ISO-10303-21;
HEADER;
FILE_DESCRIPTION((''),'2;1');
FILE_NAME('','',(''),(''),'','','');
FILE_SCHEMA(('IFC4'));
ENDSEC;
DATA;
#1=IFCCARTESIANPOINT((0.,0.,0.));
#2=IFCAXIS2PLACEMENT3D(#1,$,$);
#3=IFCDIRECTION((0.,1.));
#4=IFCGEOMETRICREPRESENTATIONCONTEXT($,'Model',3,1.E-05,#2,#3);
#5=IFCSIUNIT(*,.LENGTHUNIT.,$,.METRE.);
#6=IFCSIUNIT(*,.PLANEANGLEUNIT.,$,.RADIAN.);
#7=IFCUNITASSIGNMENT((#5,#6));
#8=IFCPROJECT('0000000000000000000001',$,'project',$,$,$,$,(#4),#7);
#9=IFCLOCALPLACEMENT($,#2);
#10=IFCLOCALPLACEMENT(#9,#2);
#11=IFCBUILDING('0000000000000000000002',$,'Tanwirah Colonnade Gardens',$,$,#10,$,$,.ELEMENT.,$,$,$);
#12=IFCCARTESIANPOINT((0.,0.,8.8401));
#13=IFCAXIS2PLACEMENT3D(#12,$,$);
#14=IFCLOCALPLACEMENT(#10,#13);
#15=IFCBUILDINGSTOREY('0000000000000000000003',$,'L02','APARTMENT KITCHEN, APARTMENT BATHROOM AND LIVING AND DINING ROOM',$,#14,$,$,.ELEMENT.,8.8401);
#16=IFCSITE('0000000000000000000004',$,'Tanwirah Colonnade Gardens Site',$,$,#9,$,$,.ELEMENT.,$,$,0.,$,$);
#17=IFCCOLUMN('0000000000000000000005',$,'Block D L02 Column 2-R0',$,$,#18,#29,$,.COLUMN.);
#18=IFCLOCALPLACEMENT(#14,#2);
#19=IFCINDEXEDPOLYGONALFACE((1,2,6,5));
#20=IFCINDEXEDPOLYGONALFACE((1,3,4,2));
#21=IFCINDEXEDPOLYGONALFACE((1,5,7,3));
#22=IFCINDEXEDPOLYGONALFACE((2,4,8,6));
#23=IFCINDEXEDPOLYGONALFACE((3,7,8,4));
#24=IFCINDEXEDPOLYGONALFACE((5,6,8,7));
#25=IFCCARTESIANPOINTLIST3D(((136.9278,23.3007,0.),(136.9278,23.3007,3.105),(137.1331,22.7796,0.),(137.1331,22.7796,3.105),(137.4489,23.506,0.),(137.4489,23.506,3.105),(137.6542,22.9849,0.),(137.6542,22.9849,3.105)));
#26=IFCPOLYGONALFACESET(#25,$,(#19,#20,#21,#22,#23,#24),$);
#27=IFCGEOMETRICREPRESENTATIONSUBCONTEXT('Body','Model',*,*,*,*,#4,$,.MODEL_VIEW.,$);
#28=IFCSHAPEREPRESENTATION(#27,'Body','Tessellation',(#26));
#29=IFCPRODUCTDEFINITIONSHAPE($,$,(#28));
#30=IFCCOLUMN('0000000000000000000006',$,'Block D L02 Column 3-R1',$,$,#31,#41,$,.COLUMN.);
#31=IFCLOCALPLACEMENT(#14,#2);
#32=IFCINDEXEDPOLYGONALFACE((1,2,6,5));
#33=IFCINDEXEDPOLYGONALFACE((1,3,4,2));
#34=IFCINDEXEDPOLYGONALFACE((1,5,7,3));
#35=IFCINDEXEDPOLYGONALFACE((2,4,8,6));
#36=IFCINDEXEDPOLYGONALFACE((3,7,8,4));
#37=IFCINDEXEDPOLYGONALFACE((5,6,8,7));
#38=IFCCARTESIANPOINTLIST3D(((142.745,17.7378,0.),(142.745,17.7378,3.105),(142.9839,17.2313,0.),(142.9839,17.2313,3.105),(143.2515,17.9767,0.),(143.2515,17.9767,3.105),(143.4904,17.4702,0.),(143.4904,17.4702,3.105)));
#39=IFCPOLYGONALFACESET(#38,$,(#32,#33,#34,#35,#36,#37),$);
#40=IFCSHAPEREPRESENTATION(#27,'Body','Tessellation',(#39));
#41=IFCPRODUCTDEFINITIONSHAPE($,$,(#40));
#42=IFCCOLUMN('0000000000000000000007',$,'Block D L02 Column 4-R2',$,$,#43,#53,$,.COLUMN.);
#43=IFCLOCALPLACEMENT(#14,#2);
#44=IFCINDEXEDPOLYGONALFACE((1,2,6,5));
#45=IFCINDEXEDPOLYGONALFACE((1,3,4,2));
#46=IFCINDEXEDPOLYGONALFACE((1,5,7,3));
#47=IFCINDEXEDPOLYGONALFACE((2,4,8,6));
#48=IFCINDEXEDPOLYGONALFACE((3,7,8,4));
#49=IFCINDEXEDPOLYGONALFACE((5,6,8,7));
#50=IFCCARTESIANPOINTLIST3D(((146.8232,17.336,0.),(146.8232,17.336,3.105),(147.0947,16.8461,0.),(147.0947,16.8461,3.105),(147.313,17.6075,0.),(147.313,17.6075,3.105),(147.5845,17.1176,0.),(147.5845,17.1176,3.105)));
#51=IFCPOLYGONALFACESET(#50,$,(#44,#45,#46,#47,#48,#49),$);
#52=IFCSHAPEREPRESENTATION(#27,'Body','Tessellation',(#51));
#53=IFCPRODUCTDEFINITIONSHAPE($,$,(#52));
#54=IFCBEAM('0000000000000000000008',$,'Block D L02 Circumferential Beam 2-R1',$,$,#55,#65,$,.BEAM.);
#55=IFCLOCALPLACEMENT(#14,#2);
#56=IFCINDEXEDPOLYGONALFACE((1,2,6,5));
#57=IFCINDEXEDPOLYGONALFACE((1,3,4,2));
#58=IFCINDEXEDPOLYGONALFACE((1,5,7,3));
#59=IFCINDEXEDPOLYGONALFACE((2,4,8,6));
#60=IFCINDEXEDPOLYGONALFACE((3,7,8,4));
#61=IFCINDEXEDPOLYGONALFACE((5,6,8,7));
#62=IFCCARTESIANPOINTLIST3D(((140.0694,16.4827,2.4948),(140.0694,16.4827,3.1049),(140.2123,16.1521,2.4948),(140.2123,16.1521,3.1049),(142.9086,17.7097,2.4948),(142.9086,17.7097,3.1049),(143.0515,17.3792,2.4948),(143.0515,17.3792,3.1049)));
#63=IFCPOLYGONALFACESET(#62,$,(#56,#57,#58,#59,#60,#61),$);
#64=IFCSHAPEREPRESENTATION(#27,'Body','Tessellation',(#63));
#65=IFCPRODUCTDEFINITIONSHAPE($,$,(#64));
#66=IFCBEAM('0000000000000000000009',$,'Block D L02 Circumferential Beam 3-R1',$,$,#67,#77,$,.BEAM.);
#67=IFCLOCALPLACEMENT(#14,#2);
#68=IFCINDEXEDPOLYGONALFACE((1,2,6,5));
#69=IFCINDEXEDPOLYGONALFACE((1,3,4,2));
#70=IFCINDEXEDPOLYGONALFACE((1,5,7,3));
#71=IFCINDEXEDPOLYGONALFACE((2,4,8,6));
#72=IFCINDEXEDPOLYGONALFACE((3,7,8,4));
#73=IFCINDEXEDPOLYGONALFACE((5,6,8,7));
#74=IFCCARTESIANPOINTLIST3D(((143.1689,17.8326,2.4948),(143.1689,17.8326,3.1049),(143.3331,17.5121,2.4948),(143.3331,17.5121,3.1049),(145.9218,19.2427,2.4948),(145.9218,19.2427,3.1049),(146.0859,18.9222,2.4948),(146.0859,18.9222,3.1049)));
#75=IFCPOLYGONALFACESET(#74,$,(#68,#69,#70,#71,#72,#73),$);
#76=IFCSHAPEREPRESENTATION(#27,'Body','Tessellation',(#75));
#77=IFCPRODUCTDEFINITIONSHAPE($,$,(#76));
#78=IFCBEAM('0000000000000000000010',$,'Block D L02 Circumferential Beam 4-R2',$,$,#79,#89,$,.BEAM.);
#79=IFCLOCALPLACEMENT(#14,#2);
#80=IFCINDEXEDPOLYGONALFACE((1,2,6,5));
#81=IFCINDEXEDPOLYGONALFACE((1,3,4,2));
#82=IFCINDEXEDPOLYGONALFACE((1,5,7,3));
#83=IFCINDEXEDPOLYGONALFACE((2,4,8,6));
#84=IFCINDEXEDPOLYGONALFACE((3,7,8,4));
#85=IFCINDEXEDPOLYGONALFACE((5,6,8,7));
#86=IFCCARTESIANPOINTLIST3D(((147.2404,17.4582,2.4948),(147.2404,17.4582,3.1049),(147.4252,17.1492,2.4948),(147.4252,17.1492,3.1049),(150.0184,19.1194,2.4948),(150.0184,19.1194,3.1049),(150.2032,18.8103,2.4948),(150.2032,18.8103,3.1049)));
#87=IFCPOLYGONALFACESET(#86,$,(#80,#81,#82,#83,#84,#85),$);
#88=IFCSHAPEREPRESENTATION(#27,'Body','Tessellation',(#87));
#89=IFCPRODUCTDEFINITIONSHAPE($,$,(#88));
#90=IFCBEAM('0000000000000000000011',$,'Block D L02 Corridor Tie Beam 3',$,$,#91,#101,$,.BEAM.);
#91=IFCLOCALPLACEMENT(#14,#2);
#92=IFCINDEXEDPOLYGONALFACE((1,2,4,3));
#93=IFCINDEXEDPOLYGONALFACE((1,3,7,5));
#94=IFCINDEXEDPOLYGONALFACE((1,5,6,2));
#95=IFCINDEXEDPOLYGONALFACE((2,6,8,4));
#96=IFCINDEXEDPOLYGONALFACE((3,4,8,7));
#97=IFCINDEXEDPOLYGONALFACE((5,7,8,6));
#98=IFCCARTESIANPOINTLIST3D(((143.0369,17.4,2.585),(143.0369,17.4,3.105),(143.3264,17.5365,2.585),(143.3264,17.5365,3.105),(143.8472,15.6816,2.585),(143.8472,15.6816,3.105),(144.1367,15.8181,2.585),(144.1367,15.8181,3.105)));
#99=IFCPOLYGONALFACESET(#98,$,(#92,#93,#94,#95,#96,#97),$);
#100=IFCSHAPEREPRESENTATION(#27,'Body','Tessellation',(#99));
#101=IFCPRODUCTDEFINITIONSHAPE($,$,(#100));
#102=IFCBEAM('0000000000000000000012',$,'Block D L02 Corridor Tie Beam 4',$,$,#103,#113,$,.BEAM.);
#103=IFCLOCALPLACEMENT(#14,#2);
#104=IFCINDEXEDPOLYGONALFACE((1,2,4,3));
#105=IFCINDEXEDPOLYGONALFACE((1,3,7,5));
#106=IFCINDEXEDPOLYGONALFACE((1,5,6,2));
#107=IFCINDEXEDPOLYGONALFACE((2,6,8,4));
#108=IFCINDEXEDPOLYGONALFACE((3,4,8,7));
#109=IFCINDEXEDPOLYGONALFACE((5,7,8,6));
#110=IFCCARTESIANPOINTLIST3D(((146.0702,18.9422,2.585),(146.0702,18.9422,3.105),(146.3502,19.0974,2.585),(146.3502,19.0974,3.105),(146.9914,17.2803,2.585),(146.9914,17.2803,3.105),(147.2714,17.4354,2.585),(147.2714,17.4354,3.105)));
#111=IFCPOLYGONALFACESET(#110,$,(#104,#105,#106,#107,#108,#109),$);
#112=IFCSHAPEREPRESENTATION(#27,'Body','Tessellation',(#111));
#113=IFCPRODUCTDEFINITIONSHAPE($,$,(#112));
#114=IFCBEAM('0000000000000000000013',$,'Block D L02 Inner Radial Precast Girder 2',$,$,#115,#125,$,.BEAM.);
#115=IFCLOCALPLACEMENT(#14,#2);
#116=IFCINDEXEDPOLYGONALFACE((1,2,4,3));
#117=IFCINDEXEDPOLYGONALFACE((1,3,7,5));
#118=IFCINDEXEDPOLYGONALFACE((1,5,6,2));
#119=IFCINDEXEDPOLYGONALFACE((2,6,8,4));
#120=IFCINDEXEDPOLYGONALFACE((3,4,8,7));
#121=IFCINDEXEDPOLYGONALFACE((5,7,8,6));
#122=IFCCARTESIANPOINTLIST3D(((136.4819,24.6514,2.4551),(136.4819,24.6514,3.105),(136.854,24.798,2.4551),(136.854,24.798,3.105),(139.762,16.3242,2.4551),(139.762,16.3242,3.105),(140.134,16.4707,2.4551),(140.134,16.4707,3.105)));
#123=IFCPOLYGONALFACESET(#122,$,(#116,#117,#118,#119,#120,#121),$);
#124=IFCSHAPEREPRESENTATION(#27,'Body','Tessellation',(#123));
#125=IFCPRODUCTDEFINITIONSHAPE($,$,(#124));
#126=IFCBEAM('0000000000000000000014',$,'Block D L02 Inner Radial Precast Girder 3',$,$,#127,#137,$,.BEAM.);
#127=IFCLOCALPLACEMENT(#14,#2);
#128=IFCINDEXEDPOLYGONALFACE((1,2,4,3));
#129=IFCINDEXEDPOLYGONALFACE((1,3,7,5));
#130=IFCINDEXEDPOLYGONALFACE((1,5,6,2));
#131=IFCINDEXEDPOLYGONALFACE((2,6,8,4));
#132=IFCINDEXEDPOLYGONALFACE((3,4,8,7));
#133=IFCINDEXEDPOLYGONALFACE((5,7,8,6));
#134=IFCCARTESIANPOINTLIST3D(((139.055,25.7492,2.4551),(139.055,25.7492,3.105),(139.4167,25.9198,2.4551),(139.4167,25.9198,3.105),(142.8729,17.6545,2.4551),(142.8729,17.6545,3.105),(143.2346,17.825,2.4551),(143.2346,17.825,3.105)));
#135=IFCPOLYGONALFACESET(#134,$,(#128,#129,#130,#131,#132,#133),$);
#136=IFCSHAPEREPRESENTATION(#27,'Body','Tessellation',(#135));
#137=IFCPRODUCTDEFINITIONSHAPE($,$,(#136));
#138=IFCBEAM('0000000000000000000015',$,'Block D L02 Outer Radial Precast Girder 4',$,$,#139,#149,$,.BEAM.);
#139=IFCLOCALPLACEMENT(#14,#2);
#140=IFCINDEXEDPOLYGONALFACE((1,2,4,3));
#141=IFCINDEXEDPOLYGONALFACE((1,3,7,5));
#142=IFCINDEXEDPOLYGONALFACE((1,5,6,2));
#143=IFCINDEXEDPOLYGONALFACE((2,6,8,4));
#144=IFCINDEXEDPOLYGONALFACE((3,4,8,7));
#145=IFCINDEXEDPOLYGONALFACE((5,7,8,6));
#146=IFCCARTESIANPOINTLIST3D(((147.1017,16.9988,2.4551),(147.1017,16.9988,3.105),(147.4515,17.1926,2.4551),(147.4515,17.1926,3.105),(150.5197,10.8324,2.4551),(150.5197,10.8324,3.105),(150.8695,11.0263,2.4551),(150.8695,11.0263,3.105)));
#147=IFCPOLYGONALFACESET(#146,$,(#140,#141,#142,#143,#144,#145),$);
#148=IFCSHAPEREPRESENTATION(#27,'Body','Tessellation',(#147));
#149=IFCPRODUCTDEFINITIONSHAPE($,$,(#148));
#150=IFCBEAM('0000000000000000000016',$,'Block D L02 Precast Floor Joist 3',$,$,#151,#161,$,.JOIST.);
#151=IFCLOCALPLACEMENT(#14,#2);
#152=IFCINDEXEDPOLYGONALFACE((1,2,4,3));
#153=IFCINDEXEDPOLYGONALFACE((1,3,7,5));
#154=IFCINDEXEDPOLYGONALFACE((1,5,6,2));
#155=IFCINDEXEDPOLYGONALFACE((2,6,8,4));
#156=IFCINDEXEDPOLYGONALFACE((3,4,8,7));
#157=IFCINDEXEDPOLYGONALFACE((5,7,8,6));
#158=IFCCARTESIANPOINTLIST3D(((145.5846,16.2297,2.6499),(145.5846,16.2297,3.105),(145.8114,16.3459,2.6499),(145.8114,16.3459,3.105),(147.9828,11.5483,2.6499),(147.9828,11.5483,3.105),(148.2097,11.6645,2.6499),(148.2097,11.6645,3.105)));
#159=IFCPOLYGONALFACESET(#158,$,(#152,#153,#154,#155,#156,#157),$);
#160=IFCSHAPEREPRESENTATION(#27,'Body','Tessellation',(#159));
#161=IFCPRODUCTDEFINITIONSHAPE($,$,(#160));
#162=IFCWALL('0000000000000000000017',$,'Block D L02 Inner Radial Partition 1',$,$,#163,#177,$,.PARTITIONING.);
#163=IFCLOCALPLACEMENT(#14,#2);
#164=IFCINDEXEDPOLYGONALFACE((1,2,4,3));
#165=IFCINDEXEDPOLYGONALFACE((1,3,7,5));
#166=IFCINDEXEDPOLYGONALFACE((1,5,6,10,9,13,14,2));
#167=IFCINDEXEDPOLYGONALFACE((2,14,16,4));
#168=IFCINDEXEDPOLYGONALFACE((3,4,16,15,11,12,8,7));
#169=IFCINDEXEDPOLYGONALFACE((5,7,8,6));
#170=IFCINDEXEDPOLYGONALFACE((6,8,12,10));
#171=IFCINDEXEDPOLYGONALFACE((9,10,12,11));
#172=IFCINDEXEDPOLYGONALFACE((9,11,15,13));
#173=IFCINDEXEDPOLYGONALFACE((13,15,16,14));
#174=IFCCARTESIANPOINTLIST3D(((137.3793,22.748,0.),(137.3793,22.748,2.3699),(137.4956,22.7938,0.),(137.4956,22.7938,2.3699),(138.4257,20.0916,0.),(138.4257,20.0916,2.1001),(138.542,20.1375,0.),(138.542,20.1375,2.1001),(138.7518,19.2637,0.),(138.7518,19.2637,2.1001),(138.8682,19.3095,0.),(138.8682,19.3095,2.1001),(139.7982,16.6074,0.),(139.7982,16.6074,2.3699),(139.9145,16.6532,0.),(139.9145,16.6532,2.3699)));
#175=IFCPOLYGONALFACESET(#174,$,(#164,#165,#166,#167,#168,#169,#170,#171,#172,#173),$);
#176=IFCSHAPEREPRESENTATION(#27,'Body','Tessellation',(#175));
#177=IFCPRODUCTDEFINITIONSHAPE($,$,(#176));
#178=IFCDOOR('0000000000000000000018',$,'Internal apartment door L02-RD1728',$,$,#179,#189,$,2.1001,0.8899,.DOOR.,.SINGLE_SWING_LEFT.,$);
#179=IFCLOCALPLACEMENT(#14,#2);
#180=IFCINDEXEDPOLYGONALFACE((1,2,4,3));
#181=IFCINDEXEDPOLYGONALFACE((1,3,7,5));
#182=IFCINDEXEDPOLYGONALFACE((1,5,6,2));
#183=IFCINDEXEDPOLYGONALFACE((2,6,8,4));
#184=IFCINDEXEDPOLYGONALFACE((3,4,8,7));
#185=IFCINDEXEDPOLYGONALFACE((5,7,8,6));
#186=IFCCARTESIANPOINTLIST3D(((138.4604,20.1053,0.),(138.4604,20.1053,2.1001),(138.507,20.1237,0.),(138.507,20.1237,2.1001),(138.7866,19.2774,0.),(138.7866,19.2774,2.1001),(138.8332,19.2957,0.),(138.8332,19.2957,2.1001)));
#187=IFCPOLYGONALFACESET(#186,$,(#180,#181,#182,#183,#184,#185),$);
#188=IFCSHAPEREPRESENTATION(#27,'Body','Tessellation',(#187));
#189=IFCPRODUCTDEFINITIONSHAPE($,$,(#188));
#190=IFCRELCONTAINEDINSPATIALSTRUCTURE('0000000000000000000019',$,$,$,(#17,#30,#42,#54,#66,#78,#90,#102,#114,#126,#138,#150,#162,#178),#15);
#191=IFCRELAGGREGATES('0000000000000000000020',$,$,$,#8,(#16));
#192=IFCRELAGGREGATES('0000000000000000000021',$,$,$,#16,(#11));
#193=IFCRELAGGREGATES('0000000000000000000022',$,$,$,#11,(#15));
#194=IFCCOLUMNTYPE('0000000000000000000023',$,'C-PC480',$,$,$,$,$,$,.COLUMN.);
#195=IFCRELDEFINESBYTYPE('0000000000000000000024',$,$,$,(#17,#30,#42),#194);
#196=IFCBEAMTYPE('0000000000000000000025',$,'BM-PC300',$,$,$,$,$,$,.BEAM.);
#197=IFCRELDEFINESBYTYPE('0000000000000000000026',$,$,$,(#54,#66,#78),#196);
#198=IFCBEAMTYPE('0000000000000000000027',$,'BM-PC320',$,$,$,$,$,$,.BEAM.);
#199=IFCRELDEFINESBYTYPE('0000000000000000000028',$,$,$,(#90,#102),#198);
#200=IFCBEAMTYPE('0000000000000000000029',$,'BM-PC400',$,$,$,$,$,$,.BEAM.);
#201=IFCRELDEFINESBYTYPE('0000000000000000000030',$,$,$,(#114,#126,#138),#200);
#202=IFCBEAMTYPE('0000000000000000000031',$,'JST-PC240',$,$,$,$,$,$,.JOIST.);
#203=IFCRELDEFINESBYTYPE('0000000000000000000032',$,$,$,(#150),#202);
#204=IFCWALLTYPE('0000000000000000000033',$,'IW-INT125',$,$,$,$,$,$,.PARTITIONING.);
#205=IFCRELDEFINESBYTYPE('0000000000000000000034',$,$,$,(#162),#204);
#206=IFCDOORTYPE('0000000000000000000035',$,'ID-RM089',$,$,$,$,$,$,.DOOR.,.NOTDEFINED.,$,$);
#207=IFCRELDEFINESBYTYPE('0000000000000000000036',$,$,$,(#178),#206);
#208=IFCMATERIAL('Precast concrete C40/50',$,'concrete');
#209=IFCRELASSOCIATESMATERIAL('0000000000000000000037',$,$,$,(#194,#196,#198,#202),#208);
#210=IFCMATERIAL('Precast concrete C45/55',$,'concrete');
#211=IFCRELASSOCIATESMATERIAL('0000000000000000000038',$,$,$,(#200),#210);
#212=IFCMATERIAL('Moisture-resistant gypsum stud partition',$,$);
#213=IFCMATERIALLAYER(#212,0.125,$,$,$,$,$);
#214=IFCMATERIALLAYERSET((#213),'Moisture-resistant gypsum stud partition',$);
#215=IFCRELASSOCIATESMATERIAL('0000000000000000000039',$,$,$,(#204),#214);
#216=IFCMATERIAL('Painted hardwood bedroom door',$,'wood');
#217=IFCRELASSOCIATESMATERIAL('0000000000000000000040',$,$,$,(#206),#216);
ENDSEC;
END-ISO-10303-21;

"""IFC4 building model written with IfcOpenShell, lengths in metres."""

from ifc_helpers import new_model, si_unit, direction, frame, frame_2d, origin, origin_2d, place, context, subcontext, project, spatial, rectangle, extrude, material, layer, layer_set, material_profile, profile_set, type_object, element, fill, save


model = new_model("IFC4")

# Units and contexts
model_context = context("Model", 3, precision=1e-05, world=origin(), true_north=direction((0.0, 1.0)))
body_context = subcontext(model_context, "Body", "Model", "MODEL_VIEW")
ifc_project = project(units=[si_unit("LENGTHUNIT", "METRE"), si_unit("PLANEANGLEUNIT", "RADIAN")], contexts=[model_context])

# Site, building, storey
site_placement = place(None, origin())
site = spatial("IfcSite", under=ifc_project, at=site_placement, Name="Tanwirah Colonnade Gardens Site", CompositionType="ELEMENT", RefElevation=0.0)
building_placement = place(site_placement, origin())
building = spatial("IfcBuilding", under=site, at=building_placement, Name="Tanwirah Colonnade Gardens", CompositionType="ELEMENT")
storey_placement = place(building_placement, frame((0.0, 0.0, 8.8401)))
storey = spatial("IfcBuildingStorey", under=building, at=storey_placement, Name="L02", Description="APARTMENT KITCHEN, APARTMENT BATHROOM AND LIVING AND DINING ROOM", CompositionType="ELEMENT", Elevation=8.8401)

# Columns
ifc_material_1 = material(Name="Precast concrete C40/50", Category="concrete")
ifc_material_profile_1 = material_profile(ifc_material_1, rectangle(XDim=0.5601, YDim=0.5601, at=origin_2d()), Name="PC-COL 560x560")
ifc_profile_set_1 = profile_set([ifc_material_profile_1], Name="Precast concrete C40/50")
column_type = type_object("IfcColumnType", Name="C-PC480", PredefinedType="COLUMN", material=ifc_profile_set_1)
for number, where, z_axis, x_axis, name in (
    (1, (137.291, 23.1428, 0.0), (0.0, 0.0, 1.0), (0.366501, -0.930418, 0.0), "Block D L02 Column 2-R0"),
    (2, (143.1177, 17.604, 0.0), (0.0, 0.0, 1.0), (0.426569, -0.904455, 0.0), "Block D L02 Column 3-R1"),
    (3, (147.2039, 17.2268, 0.0), (0.0, 0.0, 1.0), (0.48481, -0.87462, 0.0), "Block D L02 Column 4-R2"),
):
    element("IfcColumn", number, at=place(storey_placement, frame(where, z_axis=z_axis, x_axis=x_axis)), inside=storey, type_object=column_type, Name=name, PredefinedType="COLUMN", context=body_context, shape_type="SweptSolid", body=[
        extrude(rectangle(XDim=0.5601, YDim=0.5601, at=origin_2d()), origin(), (0.0, 0.0, 1.0), 3.105),
    ])

# Beams
ifc_material_profile_2 = material_profile(ifc_material_1, rectangle(XDim=0.3601, YDim=0.6101, at=origin_2d()), Name="PC-BM 360x610")
ifc_profile_set_2 = profile_set([ifc_material_profile_2], Name="Precast concrete C40/50")
beam_type_1 = type_object("IfcBeamType", Name="BM-PC300", PredefinedType="BEAM", material=ifc_profile_set_2)
for number, where, z_axis, x_axis, name in (
    (4, (140.1409, 16.3174, 2.7998), (0.917936, 0.396728, 0.0), (-0.396728, 0.917936, 0.0), "Block D L02 Circumferential Beam 2-R1"),
    (5, (143.251, 17.6724, 2.7998), (0.890028, 0.455906, 0.0), (-0.455906, 0.890028, 0.0), "Block D L02 Circumferential Beam 3-R1"),
):
    element("IfcBeam", number, at=place(storey_placement, frame(where, z_axis=z_axis, x_axis=x_axis)), inside=storey, type_object=beam_type_1, Name=name, PredefinedType="BEAM", context=body_context, shape_type="SweptSolid", body=[
        extrude(rectangle(XDim=0.3601, YDim=0.6101, at=origin_2d()), origin(), (0.0, 0.0, 1.0), 3.093),
    ])
beam_1_placement = place(storey_placement, frame((147.3328, 17.3037, 2.7998), z_axis=(0.858271, 0.513197, 0.0), x_axis=(-0.513197, 0.858271, 0.0)))
element("IfcBeam", 6, at=beam_1_placement, inside=storey, type_object=beam_type_1, Name="Block D L02 Circumferential Beam 4-R2", PredefinedType="BEAM", context=body_context, shape_type="SweptSolid", body=[
    extrude(rectangle(XDim=0.3601, YDim=0.6101, at=origin_2d()), origin(), (0.0, 0.0, 1.0), 3.2368),
])
ifc_material_profile_3 = material_profile(ifc_material_1, rectangle(XDim=0.3201, YDim=0.52, at=origin_2d()), Name="PC-BM 320x520")
ifc_profile_set_3 = profile_set([ifc_material_profile_3], Name="Precast concrete C40/50")
beam_type_2 = type_object("IfcBeamType", Name="BM-PC320", PredefinedType="BEAM", material=ifc_profile_set_3)
beam_2_placement = place(storey_placement, frame((143.1816, 17.4683, 2.845), z_axis=(0.426484, -0.904495, 0.0), x_axis=(0.904495, 0.426484, 0.0)))
element("IfcBeam", 7, at=beam_2_placement, inside=storey, type_object=beam_type_2, Name="Block D L02 Corridor Tie Beam 3", PredefinedType="BEAM", context=body_context, shape_type="SweptSolid", body=[
    extrude(rectangle(XDim=0.3201, YDim=0.52, at=origin_2d()), origin(), (0.0, 0.0, 1.0), 1.8999),
])
beam_3_placement = place(storey_placement, frame((146.2102, 19.0198, 2.845), z_axis=(0.484792, -0.87463, 0.0), x_axis=(0.87463, 0.484792, 0.0)))
element("IfcBeam", 8, at=beam_3_placement, inside=storey, type_object=beam_type_2, Name="Block D L02 Corridor Tie Beam 4", PredefinedType="BEAM", context=body_context, shape_type="SweptSolid", body=[
    extrude(rectangle(XDim=0.3201, YDim=0.52, at=origin_2d()), origin(), (0.0, 0.0, 1.0), 1.9001),
])
ifc_material_2 = material(Name="Precast concrete C45/55", Category="concrete")
ifc_material_profile_4 = material_profile(ifc_material_2, rectangle(XDim=0.3999, YDim=0.6499, at=origin_2d()), Name="PC-BM 400x650")
ifc_profile_set_4 = profile_set([ifc_material_profile_4], Name="Precast concrete C45/55")
beam_type_3 = type_object("IfcBeamType", Name="BM-PC400", PredefinedType="BEAM", material=ifc_profile_set_4)
for number, where, z_axis, x_axis, name in (
    (9, (139.948, 16.3975, 2.78), (-0.366489, 0.930422, 0.0), (-0.930422, -0.366489, 0.0), "Block D L02 Inner Radial Precast Girder 2"),
    (10, (143.0537, 17.7397, 2.78), (-0.426582, 0.904449, 0.0), (-0.904449, -0.426582, 0.0), "Block D L02 Inner Radial Precast Girder 3"),
):
    element("IfcBeam", number, at=place(storey_placement, frame(where, z_axis=z_axis, x_axis=x_axis)), inside=storey, type_object=beam_type_3, Name=name, PredefinedType="BEAM", context=body_context, shape_type="SweptSolid", body=[
        extrude(rectangle(XDim=0.3999, YDim=0.6499, at=origin_2d()), origin(), (0.0, 0.0, 1.0), 8.95),
    ])
beam_4_placement = place(storey_placement, frame((147.2766, 17.0957, 2.78), z_axis=(0.484805, -0.874622, 0.0), x_axis=(0.874622, 0.484805, 0.0)))
element("IfcBeam", 11, at=beam_4_placement, inside=storey, type_object=beam_type_3, Name="Block D L02 Outer Radial Precast Girder 4", PredefinedType="BEAM", context=body_context, shape_type="SweptSolid", body=[
    extrude(rectangle(XDim=0.3999, YDim=0.6499, at=origin_2d()), origin(), (0.0, 0.0, 1.0), 7.0503),
])
ifc_material_profile_5 = material_profile(ifc_material_1, rectangle(XDim=0.2549, YDim=0.4551, at=origin_2d()), Name="PC-JST 255x455")
ifc_profile_set_5 = profile_set([ifc_material_profile_5], Name="Precast concrete C40/50")
beam_type_4 = type_object("IfcBeamType", Name="JST-PC240", PredefinedType="JOIST", material=ifc_profile_set_5)
beam_5_placement = place(storey_placement, frame((145.698, 16.2878, 2.8774), z_axis=(0.455937, -0.890012, 0.0), x_axis=(0.890012, 0.455937, 0.0)))
element("IfcBeam", 12, at=beam_5_placement, inside=storey, type_object=beam_type_4, Name="Block D L02 Precast Floor Joist 3", PredefinedType="JOIST", context=body_context, shape_type="SweptSolid", body=[
    extrude(rectangle(XDim=0.2549, YDim=0.4551, at=origin_2d()), origin(), (0.0, 0.0, 1.0), 5.26),
])

# Wall, opening, door
ifc_material_3 = material(Name="Moisture-resistant gypsum stud partition")
ifc_layer_1 = layer(ifc_material_3, 0.125)
ifc_layer_set_1 = layer_set([ifc_layer_1], Name="Moisture-resistant gypsum stud partition")
wall_type_1 = type_object("IfcWallType", Name="IW-INT125", PredefinedType="PARTITIONING", material=ifc_layer_set_1)
wall_1_placement = place(storey_placement, frame((137.4375, 22.7708, 0.0), z_axis=(0.0, 0.0, 1.0), x_axis=(0.366513, -0.930413, 0.0)))
wall_1 = element("IfcWall", 13, at=wall_1_placement, inside=storey, type_object=wall_type_1, Name="Block D L02 Inner Radial Partition 1", PredefinedType="PARTITIONING", context=body_context, shape_type="SweptSolid", body=[
    extrude(rectangle(XDim=6.5999, YDim=0.125, at=frame_2d((3.2998, 0.0))), origin(), (0.0, 0.0, 1.0), 2.3699),
])
opening_1_placement = place(wall_1_placement, frame((2.855, 0.0, 0.0)))
opening_1 = element("IfcOpeningElement", 14, at=opening_1_placement, cuts=wall_1, PredefinedType="OPENING", context=body_context, shape_type="SweptSolid", body=[
    extrude(rectangle(XDim=0.8899, YDim=2.1001, at=frame_2d((0.4448, 1.05))), frame((0.0, 0.0725, 0.0), z_axis=(0.0, -1.0, 0.0), x_axis=(1.0, 0.0, 0.0)), (0.0, 0.0, 1.0), 0.145),
])
ifc_material_4 = material(Name="Painted hardwood bedroom door", Category="wood")
door_type_1 = type_object("IfcDoorType", Name="ID-RM089", OperationType="NOTDEFINED", PredefinedType="DOOR", material=ifc_material_4)
door_1_placement = place(opening_1_placement, origin())
door_1 = element("IfcDoor", 15, at=door_1_placement, inside=storey, type_object=door_type_1, Name="Internal apartment door L02-RD1728", OperationType="SINGLE_SWING_LEFT", OverallHeight=2.1001, OverallWidth=0.8899, PredefinedType="DOOR", context=body_context, shape_type="SweptSolid", body=[
    extrude(rectangle(XDim=0.8899, YDim=2.1001, at=frame_2d((0.4448, 1.05))), frame((0.0, 0.0249, 0.0), z_axis=(0.0, -1.0, 0.0), x_axis=(1.0, 0.0, 0.0)), (0.0, 0.0, 1.0), 0.05),
])
fill(opening_1, door_1)

save(model, "model.ifc")
